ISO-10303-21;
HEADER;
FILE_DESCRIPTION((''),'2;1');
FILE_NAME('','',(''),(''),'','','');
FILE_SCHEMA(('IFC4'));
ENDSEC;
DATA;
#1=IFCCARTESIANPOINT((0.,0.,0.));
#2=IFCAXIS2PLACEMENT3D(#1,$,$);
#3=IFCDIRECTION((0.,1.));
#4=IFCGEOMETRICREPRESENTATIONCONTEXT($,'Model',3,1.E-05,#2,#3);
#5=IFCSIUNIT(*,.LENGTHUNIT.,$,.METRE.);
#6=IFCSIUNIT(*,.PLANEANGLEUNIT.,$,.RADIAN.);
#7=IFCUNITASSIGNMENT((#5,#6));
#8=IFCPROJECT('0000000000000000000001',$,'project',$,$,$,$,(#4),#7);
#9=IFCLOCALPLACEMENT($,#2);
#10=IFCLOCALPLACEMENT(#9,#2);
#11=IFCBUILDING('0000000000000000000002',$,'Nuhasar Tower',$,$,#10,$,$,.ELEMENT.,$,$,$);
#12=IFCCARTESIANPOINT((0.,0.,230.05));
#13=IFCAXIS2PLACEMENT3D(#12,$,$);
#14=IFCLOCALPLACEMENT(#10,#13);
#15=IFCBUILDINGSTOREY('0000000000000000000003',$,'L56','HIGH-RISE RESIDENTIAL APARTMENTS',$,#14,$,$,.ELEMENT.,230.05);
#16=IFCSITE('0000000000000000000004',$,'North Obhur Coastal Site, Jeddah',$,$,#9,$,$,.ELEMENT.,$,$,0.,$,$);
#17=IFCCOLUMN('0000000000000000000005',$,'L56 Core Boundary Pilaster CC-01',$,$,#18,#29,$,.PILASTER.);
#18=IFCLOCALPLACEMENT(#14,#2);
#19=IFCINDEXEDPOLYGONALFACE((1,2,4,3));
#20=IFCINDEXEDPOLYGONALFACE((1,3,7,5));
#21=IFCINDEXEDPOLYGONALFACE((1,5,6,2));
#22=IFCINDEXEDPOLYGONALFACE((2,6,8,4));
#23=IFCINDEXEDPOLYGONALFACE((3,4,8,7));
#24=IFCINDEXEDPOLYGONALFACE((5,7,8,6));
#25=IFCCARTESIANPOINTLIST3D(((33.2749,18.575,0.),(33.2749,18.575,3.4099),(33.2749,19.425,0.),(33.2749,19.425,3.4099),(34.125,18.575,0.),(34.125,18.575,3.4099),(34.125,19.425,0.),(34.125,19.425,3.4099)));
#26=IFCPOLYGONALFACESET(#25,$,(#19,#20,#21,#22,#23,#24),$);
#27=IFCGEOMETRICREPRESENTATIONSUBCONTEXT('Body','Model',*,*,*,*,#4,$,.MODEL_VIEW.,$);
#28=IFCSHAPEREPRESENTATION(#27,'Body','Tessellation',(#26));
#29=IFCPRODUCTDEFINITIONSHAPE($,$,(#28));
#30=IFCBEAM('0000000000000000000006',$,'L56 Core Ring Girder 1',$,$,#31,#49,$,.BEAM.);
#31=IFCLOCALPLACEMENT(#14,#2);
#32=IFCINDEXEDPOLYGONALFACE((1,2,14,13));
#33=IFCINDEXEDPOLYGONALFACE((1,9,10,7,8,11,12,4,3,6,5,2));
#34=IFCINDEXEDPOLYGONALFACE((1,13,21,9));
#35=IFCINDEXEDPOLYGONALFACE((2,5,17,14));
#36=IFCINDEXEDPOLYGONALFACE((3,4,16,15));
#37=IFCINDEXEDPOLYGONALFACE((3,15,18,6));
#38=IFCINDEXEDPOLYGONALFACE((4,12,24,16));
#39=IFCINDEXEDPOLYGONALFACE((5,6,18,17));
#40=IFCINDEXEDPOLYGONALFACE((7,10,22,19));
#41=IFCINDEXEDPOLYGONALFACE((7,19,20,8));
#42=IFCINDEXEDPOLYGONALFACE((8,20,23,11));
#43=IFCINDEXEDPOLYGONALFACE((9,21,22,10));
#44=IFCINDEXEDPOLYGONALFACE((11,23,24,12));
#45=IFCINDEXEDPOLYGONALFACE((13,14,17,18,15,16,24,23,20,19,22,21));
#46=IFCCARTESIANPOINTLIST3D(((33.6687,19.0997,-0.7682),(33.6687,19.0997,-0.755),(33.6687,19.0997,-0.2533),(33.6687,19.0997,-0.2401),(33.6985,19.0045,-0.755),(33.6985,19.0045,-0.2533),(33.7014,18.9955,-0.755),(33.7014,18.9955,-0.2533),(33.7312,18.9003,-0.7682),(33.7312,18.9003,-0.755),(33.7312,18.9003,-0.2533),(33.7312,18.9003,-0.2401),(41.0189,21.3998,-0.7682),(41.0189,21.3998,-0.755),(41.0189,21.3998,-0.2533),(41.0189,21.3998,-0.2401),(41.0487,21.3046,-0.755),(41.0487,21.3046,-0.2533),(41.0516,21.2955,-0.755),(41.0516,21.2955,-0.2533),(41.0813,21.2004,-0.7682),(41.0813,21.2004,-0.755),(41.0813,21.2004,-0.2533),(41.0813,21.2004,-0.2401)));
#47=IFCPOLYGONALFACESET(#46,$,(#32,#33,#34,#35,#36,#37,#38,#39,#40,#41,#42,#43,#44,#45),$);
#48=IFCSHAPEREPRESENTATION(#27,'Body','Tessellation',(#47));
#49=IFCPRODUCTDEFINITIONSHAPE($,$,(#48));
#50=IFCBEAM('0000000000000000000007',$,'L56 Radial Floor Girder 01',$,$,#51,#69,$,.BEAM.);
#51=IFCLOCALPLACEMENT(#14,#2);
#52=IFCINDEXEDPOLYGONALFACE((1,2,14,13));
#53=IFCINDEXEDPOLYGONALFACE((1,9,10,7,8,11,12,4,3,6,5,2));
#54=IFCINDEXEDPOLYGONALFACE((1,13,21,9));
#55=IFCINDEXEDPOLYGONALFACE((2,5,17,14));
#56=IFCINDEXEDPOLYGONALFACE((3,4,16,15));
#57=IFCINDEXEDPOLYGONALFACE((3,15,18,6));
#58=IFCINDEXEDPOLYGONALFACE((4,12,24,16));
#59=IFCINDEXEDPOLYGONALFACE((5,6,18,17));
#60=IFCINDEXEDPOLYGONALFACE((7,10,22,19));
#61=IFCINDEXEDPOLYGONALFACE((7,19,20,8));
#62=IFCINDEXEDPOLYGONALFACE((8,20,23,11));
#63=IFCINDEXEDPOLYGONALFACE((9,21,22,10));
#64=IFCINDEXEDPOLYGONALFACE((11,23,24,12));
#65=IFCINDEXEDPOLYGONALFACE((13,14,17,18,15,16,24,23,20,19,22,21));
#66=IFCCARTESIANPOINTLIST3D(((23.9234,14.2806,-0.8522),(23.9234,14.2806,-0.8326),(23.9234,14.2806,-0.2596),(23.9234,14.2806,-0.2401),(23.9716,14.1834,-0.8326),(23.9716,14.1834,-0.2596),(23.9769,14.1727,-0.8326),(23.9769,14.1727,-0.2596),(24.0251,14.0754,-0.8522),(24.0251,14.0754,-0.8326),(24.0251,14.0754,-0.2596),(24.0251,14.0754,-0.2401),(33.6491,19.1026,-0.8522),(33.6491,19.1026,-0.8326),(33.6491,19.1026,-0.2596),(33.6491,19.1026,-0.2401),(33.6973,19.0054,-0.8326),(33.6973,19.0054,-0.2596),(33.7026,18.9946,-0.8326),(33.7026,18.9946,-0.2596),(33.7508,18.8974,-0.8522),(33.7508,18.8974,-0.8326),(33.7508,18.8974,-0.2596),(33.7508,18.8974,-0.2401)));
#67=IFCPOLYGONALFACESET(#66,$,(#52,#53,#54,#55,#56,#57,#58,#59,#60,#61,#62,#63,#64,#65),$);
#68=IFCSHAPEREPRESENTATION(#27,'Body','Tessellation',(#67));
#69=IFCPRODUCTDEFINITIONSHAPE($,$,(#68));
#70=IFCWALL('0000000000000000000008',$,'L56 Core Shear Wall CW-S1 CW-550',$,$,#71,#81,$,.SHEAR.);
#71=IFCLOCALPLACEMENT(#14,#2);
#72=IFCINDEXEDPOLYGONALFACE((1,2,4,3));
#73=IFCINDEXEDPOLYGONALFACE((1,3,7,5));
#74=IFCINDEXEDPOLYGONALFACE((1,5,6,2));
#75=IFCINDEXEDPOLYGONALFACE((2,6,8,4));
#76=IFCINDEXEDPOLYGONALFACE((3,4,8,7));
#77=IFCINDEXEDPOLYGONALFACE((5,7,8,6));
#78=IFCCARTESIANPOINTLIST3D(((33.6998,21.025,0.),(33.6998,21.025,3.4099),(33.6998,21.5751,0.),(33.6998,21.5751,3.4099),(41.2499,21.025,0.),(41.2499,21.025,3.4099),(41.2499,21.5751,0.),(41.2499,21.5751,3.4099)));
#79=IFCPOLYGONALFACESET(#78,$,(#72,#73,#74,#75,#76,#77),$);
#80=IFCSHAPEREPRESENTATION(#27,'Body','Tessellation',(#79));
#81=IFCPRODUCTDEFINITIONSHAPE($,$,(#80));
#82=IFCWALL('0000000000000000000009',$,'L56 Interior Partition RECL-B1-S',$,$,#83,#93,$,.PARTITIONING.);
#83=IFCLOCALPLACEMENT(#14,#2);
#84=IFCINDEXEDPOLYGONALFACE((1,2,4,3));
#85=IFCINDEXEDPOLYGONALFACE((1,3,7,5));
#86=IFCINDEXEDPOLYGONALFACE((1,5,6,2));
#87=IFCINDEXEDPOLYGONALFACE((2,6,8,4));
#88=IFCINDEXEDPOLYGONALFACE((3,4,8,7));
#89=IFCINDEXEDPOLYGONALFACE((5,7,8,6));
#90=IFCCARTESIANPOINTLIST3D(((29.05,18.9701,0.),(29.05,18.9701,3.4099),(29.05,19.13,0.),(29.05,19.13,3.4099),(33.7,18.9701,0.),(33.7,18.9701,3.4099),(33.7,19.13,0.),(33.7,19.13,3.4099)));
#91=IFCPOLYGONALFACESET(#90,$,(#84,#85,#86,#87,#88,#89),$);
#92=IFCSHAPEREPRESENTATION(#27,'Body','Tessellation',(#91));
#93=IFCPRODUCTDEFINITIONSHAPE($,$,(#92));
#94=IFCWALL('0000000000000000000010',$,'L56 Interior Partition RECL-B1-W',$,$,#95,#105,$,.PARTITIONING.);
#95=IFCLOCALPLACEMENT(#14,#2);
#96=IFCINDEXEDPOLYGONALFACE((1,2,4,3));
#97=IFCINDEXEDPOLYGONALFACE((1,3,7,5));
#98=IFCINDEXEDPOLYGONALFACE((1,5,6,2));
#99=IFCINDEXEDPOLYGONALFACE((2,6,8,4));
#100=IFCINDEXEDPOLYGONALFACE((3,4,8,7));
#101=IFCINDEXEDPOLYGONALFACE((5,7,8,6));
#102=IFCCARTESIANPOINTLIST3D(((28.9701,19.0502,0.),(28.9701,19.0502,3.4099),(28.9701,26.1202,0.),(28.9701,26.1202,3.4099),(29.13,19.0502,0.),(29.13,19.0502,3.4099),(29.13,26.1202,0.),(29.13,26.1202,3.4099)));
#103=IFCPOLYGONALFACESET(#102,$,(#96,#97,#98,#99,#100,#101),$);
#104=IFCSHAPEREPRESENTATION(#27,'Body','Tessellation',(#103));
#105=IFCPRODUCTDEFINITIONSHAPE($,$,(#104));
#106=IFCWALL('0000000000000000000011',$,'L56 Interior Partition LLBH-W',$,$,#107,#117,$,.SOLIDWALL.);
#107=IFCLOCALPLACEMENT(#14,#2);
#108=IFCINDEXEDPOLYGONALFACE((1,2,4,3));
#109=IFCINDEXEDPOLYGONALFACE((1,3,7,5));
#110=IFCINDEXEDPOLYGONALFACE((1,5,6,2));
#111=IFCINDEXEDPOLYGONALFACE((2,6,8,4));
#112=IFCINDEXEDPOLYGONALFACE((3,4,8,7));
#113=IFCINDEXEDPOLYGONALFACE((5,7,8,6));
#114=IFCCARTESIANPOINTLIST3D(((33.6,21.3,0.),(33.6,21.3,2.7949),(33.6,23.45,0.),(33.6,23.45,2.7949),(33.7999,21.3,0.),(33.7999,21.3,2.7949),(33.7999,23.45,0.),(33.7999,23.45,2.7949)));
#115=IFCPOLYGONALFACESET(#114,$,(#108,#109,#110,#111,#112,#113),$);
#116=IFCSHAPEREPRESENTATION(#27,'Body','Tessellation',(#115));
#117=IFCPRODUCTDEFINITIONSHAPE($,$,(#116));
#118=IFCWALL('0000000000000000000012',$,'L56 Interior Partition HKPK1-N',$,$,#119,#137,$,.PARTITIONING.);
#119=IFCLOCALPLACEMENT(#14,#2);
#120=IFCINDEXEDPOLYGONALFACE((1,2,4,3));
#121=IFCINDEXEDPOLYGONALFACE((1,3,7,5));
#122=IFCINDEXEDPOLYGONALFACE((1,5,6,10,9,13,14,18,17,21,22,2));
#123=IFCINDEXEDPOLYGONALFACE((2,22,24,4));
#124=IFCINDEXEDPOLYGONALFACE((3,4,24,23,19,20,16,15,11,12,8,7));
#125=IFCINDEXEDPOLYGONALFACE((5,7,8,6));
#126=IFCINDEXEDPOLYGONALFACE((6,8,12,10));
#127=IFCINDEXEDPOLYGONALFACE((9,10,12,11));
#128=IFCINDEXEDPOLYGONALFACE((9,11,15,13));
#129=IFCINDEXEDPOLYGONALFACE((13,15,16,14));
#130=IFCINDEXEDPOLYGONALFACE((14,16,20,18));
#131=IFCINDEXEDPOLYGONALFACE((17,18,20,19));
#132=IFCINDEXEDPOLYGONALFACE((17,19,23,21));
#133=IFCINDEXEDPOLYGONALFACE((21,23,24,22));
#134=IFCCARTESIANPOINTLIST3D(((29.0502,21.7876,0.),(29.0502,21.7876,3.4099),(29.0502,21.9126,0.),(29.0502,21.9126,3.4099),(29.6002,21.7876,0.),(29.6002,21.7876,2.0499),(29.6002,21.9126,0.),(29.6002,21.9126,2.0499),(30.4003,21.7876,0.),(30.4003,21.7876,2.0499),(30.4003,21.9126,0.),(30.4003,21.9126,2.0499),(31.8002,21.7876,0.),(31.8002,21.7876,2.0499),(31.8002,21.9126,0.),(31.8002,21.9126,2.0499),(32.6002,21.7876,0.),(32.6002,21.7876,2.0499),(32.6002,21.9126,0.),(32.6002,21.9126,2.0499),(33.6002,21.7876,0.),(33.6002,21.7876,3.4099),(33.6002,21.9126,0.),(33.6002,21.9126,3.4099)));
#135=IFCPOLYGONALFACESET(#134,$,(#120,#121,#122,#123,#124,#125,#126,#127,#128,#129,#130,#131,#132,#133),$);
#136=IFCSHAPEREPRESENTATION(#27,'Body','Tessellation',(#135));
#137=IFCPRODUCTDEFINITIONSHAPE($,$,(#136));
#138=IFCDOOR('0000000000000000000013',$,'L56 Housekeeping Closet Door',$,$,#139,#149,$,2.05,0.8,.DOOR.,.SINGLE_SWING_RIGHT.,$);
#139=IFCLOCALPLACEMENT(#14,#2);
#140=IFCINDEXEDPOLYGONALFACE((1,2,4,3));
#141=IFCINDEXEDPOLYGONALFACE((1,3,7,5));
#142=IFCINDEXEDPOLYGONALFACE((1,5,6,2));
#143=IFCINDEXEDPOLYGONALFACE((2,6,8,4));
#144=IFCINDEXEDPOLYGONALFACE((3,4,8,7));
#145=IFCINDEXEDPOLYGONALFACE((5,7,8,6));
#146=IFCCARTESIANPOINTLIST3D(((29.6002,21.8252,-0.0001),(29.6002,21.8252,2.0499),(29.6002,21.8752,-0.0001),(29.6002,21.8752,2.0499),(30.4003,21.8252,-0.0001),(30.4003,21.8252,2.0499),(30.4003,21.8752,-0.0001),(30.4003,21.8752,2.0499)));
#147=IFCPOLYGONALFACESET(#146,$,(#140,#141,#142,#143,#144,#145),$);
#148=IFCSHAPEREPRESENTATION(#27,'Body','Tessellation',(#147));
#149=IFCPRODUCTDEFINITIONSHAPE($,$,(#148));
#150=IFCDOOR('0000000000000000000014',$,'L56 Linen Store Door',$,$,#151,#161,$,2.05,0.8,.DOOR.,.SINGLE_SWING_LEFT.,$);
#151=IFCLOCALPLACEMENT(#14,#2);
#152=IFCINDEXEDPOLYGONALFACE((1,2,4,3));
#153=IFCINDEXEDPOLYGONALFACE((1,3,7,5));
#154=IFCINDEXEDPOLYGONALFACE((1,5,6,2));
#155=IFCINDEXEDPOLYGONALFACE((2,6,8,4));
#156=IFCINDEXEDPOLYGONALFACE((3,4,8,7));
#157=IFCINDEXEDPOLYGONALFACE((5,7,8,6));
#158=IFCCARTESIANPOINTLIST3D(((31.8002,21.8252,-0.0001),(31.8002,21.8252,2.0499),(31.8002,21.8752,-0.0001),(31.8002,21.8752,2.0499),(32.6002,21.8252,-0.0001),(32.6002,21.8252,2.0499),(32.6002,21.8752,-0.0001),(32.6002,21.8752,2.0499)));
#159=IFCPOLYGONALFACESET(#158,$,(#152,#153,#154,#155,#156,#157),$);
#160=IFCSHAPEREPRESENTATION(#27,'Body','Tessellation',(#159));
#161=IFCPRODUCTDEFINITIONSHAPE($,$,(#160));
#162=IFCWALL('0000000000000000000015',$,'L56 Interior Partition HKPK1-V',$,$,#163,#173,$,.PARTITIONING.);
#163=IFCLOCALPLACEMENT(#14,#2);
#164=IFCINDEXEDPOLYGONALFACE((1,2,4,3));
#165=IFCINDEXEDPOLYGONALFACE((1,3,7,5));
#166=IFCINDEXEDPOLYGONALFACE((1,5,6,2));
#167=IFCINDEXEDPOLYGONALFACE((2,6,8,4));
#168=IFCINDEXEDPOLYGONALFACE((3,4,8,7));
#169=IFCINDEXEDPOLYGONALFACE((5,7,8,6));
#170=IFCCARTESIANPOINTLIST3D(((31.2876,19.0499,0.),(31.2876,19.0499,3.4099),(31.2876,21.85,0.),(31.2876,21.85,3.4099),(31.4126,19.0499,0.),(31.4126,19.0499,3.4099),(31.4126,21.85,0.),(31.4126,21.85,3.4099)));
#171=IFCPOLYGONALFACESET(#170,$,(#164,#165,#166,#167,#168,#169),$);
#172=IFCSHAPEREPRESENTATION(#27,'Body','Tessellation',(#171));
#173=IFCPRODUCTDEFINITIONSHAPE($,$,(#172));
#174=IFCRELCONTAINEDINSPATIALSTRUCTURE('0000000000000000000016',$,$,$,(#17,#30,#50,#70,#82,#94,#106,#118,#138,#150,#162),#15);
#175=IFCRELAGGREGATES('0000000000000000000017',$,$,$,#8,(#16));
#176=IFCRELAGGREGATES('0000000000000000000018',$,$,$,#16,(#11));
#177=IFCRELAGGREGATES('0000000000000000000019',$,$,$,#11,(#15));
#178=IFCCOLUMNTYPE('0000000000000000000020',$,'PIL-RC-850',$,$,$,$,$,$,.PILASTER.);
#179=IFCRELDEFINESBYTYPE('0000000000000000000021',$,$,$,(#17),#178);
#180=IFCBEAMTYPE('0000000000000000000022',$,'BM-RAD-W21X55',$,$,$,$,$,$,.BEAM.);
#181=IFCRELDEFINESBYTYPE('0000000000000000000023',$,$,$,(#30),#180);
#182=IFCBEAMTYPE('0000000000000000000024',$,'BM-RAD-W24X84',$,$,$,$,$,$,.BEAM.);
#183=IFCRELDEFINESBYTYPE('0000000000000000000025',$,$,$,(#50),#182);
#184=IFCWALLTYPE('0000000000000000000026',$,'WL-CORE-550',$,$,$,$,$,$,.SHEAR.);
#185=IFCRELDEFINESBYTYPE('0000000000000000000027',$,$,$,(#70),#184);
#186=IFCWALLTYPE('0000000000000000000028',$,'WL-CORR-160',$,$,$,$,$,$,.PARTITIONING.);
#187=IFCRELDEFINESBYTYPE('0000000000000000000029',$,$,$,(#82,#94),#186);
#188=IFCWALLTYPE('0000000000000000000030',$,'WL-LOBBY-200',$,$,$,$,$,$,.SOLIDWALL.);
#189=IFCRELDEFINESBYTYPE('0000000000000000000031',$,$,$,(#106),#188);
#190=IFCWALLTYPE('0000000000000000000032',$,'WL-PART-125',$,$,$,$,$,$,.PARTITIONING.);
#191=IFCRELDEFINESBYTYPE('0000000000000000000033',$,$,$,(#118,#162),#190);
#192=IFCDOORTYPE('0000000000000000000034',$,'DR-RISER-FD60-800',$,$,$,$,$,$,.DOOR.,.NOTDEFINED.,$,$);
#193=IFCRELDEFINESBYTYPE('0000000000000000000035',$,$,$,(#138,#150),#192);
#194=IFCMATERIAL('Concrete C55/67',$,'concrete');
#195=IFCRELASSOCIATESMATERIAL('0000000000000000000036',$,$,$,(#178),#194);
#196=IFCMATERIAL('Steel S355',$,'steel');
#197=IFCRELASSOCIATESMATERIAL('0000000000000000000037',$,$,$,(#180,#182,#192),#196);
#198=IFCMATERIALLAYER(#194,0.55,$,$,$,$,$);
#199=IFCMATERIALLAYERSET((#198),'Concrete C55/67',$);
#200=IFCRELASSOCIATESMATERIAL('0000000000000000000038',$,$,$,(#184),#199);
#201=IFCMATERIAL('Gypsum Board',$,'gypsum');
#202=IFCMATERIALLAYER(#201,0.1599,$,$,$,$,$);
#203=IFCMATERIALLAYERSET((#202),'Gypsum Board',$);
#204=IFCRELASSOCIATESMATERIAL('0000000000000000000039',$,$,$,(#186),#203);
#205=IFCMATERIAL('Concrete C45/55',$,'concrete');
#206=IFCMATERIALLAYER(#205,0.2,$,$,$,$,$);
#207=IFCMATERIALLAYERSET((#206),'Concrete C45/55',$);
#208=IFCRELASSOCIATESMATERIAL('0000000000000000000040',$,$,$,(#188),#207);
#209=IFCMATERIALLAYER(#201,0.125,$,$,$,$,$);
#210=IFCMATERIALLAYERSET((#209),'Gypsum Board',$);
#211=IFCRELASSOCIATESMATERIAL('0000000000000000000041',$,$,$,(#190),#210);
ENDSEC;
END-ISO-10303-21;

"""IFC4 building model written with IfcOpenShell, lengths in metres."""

from ifc_helpers import new_model, si_unit, direction, frame, frame_2d, origin, origin_2d, place, context, subcontext, project, spatial, rectangle, i_section, extrude, material, layer, layer_set, material_profile, profile_set, type_object, element, fill, save


model = new_model("IFC4")

# Units and contexts
model_context = context("Model", 3, precision=1e-05, world=origin(), true_north=direction((0.0, 1.0)))
body_context = subcontext(model_context, "Body", "Model", "MODEL_VIEW")
ifc_project = project(units=[si_unit("LENGTHUNIT", "METRE"), si_unit("PLANEANGLEUNIT", "RADIAN")], contexts=[model_context])

# Site, building, storey
site_placement = place(None, origin())
site = spatial("IfcSite", under=ifc_project, at=site_placement, Name="North Obhur Coastal Site, Jeddah", CompositionType="ELEMENT", RefElevation=0.0)
building_placement = place(site_placement, origin())
building = spatial("IfcBuilding", under=site, at=building_placement, Name="Nuhasar Tower", CompositionType="ELEMENT")
storey_placement = place(building_placement, frame((0.0, 0.0, 230.05)))
storey = spatial("IfcBuildingStorey", under=building, at=storey_placement, Name="L56", Description="HIGH-RISE RESIDENTIAL APARTMENTS", CompositionType="ELEMENT", Elevation=230.05)

# Column
ifc_material_1 = material(Name="Concrete C55/67", Category="concrete")
ifc_material_profile_1 = material_profile(ifc_material_1, rectangle(XDim=0.8501, YDim=0.8501, at=origin_2d()), Name="RC850X850")
ifc_profile_set_1 = profile_set([ifc_material_profile_1], Name="Concrete C55/67")
column_type = type_object("IfcColumnType", Name="PIL-RC-850", PredefinedType="PILASTER", material=ifc_profile_set_1)
column_placement = place(storey_placement, frame((33.7, 19.0, 0.0), z_axis=(0.0, 0.0, 1.0), x_axis=(1.0, 0.0, 0.0)))
element("IfcColumn", 1, at=column_placement, inside=storey, type_object=column_type, Name="L56 Core Boundary Pilaster CC-01", PredefinedType="PILASTER", context=body_context, shape_type="SweptSolid", body=[
    extrude(rectangle(XDim=0.8501, YDim=0.8501, at=origin_2d()), origin(), (0.0, 0.0, 1.0), 3.4099),
])

# Beams
ifc_material_2 = material(Name="Steel S355", Category="steel")
ifc_material_profile_2 = material_profile(ifc_material_2, i_section(OverallWidth=0.209, OverallDepth=0.5281, WebThickness=0.0095, FlangeThickness=0.0132, at=origin_2d()), Name="W21X55")
ifc_profile_set_2 = profile_set([ifc_material_profile_2], Name="Steel S355")
beam_type_1 = type_object("IfcBeamType", Name="BM-RAD-W21X55", PredefinedType="BEAM", material=ifc_profile_set_2)
beam_1_placement = place(storey_placement, frame((33.7, 19.0, -0.5042), z_axis=(0.954364, 0.298647, 0.0), x_axis=(-0.298647, 0.954364, 0.0)))
element("IfcBeam", 2, at=beam_1_placement, inside=storey, type_object=beam_type_1, Name="L56 Core Ring Girder 1", PredefinedType="BEAM", context=body_context, shape_type="SweptSolid", body=[
    extrude(i_section(OverallWidth=0.209, OverallDepth=0.5281, WebThickness=0.0095, FlangeThickness=0.0132, at=origin_2d()), origin(), (0.0, 0.0, 1.0), 7.7017),
])
ifc_material_profile_3 = material_profile(ifc_material_2, i_section(OverallWidth=0.229, OverallDepth=0.6121, WebThickness=0.012, FlangeThickness=0.0195, at=origin_2d()), Name="W24X84")
ifc_profile_set_3 = profile_set([ifc_material_profile_3], Name="Steel S355")
beam_type_2 = type_object("IfcBeamType", Name="BM-RAD-W24X84", PredefinedType="BEAM", material=ifc_profile_set_3)
beam_2_placement = place(storey_placement, frame((33.7, 19.0, -0.5461), z_axis=(-0.895929, -0.444197, 0.0), x_axis=(0.444197, -0.895929, 0.0)))
element("IfcBeam", 3, at=beam_2_placement, inside=storey, type_object=beam_type_2, Name="L56 Radial Floor Girder 01", PredefinedType="BEAM", context=body_context, shape_type="SweptSolid", body=[
    extrude(i_section(OverallWidth=0.229, OverallDepth=0.6121, WebThickness=0.012, FlangeThickness=0.0195, at=origin_2d()), origin(), (0.0, 0.0, 1.0), 10.8555),
])

# Walls
ifc_layer_1 = layer(ifc_material_1, 0.55)
ifc_layer_set_1 = layer_set([ifc_layer_1], Name="Concrete C55/67")
wall_type_1 = type_object("IfcWallType", Name="WL-CORE-550", PredefinedType="SHEAR", material=ifc_layer_set_1)
wall_1_placement = place(storey_placement, frame((33.7, 21.3, 0.0), z_axis=(0.0, 0.0, 1.0), x_axis=(1.0, 0.0, 0.0)))
element("IfcWall", 4, at=wall_1_placement, inside=storey, type_object=wall_type_1, Name="L56 Core Shear Wall CW-S1 CW-550", PredefinedType="SHEAR", context=body_context, shape_type="SweptSolid", body=[
    extrude(rectangle(XDim=7.55, YDim=0.55, at=frame_2d((3.7749, 0.0))), origin(), (0.0, 0.0, 1.0), 3.4099),
])
ifc_material_3 = material(Name="Gypsum Board", Category="gypsum")
ifc_layer_2 = layer(ifc_material_3, 0.1599)
ifc_layer_set_2 = layer_set([ifc_layer_2], Name="Gypsum Board")
wall_type_2 = type_object("IfcWallType", Name="WL-CORR-160", PredefinedType="PARTITIONING", material=ifc_layer_set_2)
wall_2_placement = place(storey_placement, frame((29.05, 19.05, 0.0), z_axis=(0.0, 0.0, 1.0), x_axis=(1.0, 0.0, 0.0)))
element("IfcWall", 5, at=wall_2_placement, inside=storey, type_object=wall_type_2, Name="L56 Interior Partition RECL-B1-S", PredefinedType="PARTITIONING", context=body_context, shape_type="SweptSolid", body=[
    extrude(rectangle(XDim=4.6499, YDim=0.1599, at=frame_2d((2.325, 0.0))), origin(), (0.0, 0.0, 1.0), 3.4099),
])
wall_3_placement = place(storey_placement, frame((29.05, 19.05, 0.0), z_axis=(0.0, 0.0, 1.0), x_axis=(0.0, 1.0, 0.0)))
element("IfcWall", 6, at=wall_3_placement, inside=storey, type_object=wall_type_2, Name="L56 Interior Partition RECL-B1-W", PredefinedType="PARTITIONING", context=body_context, shape_type="SweptSolid", body=[
    extrude(rectangle(XDim=7.0701, YDim=0.1599, at=frame_2d((3.5352, 0.0))), origin(), (0.0, 0.0, 1.0), 3.4099),
])

# Wall
ifc_material_4 = material(Name="Concrete C45/55", Category="concrete")
ifc_layer_3 = layer(ifc_material_4, 0.2)
ifc_layer_set_3 = layer_set([ifc_layer_3], Name="Concrete C45/55")
wall_type_3 = type_object("IfcWallType", Name="WL-LOBBY-200", PredefinedType="SOLIDWALL", material=ifc_layer_set_3)
wall_4_placement = place(storey_placement, frame((33.7, 21.3, 0.0), z_axis=(0.0, 0.0, 1.0), x_axis=(0.0, 1.0, 0.0)))
element("IfcWall", 7, at=wall_4_placement, inside=storey, type_object=wall_type_3, Name="L56 Interior Partition LLBH-W", PredefinedType="SOLIDWALL", context=body_context, shape_type="SweptSolid", body=[
    extrude(rectangle(XDim=2.1499, YDim=0.2, at=frame_2d((1.075, 0.0))), origin(), (0.0, 0.0, 1.0), 2.7949),
])

# Wall, openings, doors
ifc_layer_4 = layer(ifc_material_3, 0.125)
ifc_layer_set_4 = layer_set([ifc_layer_4], Name="Gypsum Board")
wall_type_4 = type_object("IfcWallType", Name="WL-PART-125", PredefinedType="PARTITIONING", material=ifc_layer_set_4)
wall_5_placement = place(storey_placement, frame((33.6001, 21.8501, 0.0), z_axis=(0.0, 0.0, 1.0), x_axis=(-1.0, 0.0, 0.0)))
wall_5 = element("IfcWall", 8, at=wall_5_placement, inside=storey, type_object=wall_type_4, Name="L56 Interior Partition HKPK1-N", PredefinedType="PARTITIONING", context=body_context, shape_type="SweptSolid", body=[
    extrude(rectangle(XDim=4.55, YDim=0.125, at=frame_2d((2.2749, 0.0))), origin(), (0.0, 0.0, 1.0), 3.4099),
])
opening_1_placement = place(wall_5_placement, frame((3.2, 0.0, 0.0)))
opening_1 = element("IfcOpeningElement", 9, at=opening_1_placement, cuts=wall_5, PredefinedType="OPENING", context=body_context, shape_type="SweptSolid", body=[
    extrude(rectangle(XDim=0.8, YDim=2.05, at=frame_2d((0.3999, 1.0249))), frame((0.0, 0.0725, 0.0), z_axis=(0.0, -1.0, 0.0), x_axis=(1.0, 0.0, 0.0)), (0.0, 0.0, 1.0), 0.145),
])
opening_2_placement = place(wall_5_placement, frame((1.0, 0.0, 0.0)))
opening_2 = element("IfcOpeningElement", 10, at=opening_2_placement, cuts=wall_5, PredefinedType="OPENING", context=body_context, shape_type="SweptSolid", body=[
    extrude(rectangle(XDim=0.8, YDim=2.05, at=frame_2d((0.3999, 1.0249))), frame((0.0, 0.0725, 0.0), z_axis=(0.0, -1.0, 0.0), x_axis=(1.0, 0.0, 0.0)), (0.0, 0.0, 1.0), 0.145),
])
door_type_1 = type_object("IfcDoorType", Name="DR-RISER-FD60-800", OperationType="NOTDEFINED", PredefinedType="DOOR", material=ifc_material_2)
door_1_placement = place(opening_1_placement, origin())
door_1 = element("IfcDoor", 11, at=door_1_placement, inside=storey, type_object=door_type_1, Name="L56 Housekeeping Closet Door", OperationType="SINGLE_SWING_RIGHT", OverallHeight=2.05, OverallWidth=0.8, PredefinedType="DOOR", context=body_context, shape_type="SweptSolid", body=[
    extrude(rectangle(XDim=0.8, YDim=2.05, at=frame_2d((0.3999, 1.0249))), frame((0.0, 0.0249, 0.0), z_axis=(0.0, -1.0, 0.0), x_axis=(1.0, 0.0, 0.0)), (0.0, 0.0, 1.0), 0.05),
])
fill(opening_1, door_1)
door_2_placement = place(opening_2_placement, origin())
door_2 = element("IfcDoor", 12, at=door_2_placement, inside=storey, type_object=door_type_1, Name="L56 Linen Store Door", OperationType="SINGLE_SWING_LEFT", OverallHeight=2.05, OverallWidth=0.8, PredefinedType="DOOR", context=body_context, shape_type="SweptSolid", body=[
    extrude(rectangle(XDim=0.8, YDim=2.05, at=frame_2d((0.3999, 1.0249))), frame((0.0, 0.0249, 0.0), z_axis=(0.0, -1.0, 0.0), x_axis=(1.0, 0.0, 0.0)), (0.0, 0.0, 1.0), 0.05),
])
fill(opening_2, door_2)

# Wall
wall_6_placement = place(storey_placement, frame((31.3501, 19.05, 0.0), z_axis=(0.0, 0.0, 1.0), x_axis=(0.0, 1.0, 0.0)))
element("IfcWall", 13, at=wall_6_placement, inside=storey, type_object=wall_type_4, Name="L56 Interior Partition HKPK1-V", PredefinedType="PARTITIONING", context=body_context, shape_type="SweptSolid", body=[
    extrude(rectangle(XDim=2.8, YDim=0.125, at=frame_2d((1.3999, 0.0))), origin(), (0.0, 0.0, 1.0), 3.4099),
])

save(model, "model.ifc")
